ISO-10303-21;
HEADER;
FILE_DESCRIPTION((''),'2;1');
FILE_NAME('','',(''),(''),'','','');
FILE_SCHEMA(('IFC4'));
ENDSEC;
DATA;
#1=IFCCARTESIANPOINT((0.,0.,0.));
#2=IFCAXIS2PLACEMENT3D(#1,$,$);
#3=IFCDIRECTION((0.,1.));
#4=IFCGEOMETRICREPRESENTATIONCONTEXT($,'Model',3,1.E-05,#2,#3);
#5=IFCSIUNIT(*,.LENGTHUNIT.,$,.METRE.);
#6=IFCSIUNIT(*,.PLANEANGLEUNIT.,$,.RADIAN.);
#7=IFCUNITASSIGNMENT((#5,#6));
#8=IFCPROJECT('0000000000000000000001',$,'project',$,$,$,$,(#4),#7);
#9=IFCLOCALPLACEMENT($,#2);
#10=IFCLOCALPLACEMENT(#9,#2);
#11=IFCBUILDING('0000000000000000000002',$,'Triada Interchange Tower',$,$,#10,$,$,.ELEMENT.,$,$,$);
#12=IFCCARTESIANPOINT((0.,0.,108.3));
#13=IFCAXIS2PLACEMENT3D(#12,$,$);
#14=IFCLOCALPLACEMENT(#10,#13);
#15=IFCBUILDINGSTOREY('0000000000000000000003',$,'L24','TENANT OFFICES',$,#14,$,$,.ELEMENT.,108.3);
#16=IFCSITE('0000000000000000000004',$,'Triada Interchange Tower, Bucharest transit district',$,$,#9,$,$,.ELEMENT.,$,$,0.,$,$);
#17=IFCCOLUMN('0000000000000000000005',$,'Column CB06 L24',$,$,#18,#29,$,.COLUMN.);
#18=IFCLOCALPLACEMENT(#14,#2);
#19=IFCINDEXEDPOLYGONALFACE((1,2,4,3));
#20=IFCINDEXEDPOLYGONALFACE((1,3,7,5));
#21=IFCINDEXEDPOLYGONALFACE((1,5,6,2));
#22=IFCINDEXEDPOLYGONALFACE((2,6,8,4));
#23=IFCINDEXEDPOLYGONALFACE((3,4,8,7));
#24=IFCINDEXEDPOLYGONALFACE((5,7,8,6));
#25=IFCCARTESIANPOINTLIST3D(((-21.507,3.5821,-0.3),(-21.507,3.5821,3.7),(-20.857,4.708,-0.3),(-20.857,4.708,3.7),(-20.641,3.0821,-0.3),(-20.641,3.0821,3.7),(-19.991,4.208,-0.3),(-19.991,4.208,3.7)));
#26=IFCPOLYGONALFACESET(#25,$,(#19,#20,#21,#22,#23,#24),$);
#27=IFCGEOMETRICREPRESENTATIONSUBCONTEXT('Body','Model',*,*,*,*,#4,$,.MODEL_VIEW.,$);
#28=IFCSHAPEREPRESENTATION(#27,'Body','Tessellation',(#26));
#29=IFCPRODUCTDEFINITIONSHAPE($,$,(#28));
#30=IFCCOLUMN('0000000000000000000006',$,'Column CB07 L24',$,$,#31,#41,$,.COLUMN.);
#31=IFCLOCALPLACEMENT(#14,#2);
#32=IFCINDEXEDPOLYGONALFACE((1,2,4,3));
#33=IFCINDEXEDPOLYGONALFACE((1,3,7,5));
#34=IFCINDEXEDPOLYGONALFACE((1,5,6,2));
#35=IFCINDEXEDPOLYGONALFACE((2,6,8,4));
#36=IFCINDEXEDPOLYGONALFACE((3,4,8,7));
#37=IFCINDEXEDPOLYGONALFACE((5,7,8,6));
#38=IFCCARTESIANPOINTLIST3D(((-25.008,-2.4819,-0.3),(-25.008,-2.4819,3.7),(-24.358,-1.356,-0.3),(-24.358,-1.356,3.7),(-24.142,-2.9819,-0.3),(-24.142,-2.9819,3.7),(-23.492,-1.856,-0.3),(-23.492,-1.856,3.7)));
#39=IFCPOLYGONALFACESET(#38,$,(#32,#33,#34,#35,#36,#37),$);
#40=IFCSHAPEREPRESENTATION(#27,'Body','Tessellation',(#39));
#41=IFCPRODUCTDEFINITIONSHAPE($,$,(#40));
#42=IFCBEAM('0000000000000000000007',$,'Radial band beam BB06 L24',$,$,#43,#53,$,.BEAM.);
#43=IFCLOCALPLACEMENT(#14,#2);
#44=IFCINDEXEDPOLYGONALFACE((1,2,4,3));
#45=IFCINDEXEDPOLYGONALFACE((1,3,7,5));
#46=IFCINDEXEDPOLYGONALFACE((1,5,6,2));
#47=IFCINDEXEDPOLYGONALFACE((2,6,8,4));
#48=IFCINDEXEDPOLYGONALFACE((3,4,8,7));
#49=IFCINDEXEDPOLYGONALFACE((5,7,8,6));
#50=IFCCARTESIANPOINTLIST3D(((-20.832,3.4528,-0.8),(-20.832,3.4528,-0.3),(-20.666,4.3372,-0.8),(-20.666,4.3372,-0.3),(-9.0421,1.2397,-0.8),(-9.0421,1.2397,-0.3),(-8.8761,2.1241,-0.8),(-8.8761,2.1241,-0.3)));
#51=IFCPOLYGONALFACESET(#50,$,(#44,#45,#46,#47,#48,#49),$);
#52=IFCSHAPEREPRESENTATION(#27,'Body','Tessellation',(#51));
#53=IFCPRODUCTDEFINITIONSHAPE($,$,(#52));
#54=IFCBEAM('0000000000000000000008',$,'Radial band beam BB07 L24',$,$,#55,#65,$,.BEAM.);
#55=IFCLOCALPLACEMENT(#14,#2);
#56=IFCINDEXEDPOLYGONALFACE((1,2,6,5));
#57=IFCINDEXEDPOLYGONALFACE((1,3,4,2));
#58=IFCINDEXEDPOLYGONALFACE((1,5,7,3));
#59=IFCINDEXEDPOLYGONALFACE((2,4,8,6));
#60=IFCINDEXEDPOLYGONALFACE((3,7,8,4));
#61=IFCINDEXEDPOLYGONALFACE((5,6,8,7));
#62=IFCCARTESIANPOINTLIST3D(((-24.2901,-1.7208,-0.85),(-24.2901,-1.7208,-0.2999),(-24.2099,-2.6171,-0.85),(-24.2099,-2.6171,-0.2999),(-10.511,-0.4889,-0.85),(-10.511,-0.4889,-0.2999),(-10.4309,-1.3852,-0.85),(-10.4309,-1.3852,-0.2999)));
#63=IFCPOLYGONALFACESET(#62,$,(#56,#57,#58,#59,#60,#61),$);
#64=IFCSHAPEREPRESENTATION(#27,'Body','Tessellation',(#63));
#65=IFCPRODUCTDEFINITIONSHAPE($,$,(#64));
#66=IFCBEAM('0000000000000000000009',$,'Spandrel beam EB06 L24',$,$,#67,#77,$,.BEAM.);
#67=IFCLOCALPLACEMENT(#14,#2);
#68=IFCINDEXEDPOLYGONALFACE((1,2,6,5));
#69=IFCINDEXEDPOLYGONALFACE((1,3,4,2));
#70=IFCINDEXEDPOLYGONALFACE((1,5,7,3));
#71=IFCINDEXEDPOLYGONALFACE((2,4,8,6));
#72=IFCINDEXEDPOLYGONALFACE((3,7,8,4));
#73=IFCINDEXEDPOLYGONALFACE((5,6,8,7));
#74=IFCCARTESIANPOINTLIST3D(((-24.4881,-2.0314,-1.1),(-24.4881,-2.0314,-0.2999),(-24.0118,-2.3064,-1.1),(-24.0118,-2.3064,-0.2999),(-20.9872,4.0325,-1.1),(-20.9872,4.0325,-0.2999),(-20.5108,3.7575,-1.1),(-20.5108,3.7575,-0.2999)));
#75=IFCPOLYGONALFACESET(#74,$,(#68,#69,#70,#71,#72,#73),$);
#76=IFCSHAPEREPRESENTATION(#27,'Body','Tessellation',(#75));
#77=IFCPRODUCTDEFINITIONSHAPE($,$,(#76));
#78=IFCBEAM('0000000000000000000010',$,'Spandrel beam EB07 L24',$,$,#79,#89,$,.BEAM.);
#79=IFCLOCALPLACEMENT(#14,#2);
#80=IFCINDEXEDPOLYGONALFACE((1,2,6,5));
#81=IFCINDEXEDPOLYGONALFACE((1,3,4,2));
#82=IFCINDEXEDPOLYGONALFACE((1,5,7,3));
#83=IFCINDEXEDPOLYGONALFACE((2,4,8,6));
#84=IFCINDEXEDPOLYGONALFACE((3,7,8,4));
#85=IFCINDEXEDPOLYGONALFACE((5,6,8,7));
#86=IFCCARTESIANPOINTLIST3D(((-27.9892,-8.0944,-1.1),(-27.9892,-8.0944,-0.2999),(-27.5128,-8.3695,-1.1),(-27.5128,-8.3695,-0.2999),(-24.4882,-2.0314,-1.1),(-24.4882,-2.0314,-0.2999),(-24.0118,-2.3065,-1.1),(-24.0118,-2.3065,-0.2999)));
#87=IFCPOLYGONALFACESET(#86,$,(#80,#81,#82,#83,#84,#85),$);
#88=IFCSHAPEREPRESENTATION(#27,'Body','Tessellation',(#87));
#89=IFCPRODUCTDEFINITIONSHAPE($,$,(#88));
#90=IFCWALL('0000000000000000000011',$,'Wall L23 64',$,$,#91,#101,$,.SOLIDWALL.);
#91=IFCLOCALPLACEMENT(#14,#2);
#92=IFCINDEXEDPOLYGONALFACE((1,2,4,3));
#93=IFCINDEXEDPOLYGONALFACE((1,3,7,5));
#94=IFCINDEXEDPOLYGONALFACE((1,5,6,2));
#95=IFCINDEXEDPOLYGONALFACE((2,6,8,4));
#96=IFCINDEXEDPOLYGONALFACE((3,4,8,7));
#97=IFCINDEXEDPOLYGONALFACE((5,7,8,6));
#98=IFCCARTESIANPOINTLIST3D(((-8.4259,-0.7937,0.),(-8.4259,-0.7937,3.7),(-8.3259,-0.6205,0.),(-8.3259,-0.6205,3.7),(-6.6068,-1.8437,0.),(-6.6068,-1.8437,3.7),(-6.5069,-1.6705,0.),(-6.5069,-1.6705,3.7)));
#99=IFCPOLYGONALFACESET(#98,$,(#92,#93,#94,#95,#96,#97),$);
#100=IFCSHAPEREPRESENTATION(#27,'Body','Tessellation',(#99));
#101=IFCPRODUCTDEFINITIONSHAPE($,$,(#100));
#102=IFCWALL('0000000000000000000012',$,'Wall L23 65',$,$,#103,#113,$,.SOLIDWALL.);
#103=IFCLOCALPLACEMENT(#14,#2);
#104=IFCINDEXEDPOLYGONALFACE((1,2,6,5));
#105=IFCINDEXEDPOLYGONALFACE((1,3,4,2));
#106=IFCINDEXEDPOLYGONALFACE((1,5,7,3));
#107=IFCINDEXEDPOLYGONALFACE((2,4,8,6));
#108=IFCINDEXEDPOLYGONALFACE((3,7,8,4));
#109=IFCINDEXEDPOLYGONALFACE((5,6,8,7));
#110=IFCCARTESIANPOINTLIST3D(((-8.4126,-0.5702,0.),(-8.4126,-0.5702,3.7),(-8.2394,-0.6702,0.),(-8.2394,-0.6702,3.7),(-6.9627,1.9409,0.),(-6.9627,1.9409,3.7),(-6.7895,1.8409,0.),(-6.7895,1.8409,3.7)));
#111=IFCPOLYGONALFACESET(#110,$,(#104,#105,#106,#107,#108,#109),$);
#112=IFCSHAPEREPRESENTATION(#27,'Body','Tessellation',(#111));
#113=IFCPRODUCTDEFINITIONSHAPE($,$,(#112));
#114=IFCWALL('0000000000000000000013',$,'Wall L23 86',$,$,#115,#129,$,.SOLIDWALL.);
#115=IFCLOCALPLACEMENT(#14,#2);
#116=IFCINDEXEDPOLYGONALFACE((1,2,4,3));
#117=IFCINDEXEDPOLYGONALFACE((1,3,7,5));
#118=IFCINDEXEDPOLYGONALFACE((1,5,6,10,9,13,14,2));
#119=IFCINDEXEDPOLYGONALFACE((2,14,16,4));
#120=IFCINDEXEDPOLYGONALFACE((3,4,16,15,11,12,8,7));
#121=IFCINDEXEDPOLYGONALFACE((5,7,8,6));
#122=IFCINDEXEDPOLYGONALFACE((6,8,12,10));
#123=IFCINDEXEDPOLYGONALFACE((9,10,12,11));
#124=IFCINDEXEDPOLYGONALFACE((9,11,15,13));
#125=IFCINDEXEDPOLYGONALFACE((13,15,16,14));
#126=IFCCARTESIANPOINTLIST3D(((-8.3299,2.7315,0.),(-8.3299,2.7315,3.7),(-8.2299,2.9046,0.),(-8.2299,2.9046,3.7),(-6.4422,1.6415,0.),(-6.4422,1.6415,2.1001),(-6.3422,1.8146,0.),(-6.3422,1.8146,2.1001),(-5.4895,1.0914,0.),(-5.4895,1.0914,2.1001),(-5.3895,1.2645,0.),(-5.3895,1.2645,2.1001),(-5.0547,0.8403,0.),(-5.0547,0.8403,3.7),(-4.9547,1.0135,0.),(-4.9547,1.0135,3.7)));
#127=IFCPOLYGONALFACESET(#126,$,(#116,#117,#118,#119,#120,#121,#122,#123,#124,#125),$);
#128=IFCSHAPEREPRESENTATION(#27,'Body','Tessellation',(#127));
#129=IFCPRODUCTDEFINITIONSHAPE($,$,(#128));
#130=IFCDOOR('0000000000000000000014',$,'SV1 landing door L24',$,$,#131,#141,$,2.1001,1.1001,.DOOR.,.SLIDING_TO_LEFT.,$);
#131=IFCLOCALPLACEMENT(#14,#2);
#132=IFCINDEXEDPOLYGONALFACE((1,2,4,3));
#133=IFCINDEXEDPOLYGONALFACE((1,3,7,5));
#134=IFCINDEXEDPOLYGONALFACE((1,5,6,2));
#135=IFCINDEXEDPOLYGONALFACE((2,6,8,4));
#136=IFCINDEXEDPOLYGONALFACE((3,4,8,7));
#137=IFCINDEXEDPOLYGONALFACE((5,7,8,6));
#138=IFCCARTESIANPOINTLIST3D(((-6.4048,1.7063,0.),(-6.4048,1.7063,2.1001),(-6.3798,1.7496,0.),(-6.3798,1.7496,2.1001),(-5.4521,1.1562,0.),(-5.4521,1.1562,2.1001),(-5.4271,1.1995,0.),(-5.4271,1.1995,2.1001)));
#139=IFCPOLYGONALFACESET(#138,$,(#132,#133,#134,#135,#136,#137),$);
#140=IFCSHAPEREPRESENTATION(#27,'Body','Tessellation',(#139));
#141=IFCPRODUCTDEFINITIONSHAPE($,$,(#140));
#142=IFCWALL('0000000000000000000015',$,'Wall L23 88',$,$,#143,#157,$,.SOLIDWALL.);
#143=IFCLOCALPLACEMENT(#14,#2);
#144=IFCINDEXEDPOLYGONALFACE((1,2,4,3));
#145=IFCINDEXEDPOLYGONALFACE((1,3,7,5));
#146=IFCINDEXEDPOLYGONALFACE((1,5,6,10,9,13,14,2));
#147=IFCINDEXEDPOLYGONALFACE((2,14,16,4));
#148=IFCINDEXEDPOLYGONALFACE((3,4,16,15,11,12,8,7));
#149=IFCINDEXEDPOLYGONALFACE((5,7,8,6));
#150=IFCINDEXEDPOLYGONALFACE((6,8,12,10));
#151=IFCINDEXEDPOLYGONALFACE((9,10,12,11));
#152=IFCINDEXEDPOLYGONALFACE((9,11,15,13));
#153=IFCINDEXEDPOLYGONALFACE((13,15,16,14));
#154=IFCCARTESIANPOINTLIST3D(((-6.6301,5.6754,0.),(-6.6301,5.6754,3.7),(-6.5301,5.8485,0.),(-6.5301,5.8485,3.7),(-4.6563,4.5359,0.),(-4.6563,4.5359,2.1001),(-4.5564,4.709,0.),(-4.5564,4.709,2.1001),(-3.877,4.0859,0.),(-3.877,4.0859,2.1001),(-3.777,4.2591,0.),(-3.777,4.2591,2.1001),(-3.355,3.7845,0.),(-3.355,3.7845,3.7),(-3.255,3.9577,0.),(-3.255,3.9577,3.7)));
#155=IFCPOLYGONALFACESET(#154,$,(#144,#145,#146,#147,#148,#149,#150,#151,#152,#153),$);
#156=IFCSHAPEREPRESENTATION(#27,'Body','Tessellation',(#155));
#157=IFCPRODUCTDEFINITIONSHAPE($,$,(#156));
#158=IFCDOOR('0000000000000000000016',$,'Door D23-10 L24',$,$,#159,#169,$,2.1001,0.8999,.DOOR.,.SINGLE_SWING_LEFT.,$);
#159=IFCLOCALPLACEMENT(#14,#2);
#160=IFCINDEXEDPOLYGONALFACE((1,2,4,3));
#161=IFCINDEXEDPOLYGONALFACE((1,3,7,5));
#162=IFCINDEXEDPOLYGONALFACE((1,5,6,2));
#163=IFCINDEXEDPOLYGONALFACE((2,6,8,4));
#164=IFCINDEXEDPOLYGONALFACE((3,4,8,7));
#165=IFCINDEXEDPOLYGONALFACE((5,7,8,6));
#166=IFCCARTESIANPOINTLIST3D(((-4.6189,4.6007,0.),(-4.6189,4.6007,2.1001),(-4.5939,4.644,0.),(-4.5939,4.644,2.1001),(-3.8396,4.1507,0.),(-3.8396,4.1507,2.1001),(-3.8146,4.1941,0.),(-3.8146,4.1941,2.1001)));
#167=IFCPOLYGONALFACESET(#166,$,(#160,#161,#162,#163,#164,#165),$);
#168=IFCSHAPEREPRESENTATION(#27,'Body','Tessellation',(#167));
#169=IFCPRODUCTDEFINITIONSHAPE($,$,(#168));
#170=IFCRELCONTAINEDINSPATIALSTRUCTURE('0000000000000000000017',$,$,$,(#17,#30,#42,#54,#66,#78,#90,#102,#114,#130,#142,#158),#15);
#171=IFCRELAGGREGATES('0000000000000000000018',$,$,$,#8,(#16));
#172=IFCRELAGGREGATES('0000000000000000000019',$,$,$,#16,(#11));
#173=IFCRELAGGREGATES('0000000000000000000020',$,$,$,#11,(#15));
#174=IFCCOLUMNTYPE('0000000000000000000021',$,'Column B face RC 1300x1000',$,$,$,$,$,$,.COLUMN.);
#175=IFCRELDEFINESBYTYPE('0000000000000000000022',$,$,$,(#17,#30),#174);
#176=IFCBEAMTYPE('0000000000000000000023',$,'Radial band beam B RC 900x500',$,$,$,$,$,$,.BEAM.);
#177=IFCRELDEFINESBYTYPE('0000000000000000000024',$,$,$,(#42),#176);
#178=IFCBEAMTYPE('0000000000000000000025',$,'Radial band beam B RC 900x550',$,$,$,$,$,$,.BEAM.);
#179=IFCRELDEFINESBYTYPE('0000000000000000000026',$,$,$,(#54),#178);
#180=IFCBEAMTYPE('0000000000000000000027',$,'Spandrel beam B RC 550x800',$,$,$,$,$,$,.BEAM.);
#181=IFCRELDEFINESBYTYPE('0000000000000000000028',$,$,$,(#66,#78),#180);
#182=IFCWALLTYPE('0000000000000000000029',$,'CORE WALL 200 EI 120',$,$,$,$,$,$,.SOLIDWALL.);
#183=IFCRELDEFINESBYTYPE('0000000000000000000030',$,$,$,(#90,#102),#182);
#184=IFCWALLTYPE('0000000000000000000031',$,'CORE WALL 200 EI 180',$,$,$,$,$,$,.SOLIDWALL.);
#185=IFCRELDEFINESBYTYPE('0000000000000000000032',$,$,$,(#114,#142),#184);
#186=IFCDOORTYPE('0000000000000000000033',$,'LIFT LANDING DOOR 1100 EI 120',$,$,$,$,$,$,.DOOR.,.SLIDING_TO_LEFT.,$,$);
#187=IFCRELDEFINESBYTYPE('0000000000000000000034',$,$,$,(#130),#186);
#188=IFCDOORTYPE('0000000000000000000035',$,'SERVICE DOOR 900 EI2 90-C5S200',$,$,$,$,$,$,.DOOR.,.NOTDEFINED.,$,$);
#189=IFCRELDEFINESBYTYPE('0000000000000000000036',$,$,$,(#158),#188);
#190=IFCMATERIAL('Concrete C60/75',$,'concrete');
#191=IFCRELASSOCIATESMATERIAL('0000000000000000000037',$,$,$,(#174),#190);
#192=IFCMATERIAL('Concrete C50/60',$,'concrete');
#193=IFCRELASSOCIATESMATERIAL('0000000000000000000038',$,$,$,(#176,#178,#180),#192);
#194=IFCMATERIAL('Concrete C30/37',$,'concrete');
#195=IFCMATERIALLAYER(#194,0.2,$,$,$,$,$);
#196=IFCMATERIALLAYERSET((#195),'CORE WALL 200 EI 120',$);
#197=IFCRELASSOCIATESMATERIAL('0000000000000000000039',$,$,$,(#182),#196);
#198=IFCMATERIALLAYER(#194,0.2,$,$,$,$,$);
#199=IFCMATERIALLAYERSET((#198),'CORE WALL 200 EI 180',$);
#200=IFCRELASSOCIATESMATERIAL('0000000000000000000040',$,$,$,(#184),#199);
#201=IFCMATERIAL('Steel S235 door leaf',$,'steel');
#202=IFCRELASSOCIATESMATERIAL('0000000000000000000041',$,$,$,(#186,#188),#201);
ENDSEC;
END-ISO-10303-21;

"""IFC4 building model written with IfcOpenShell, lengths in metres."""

from ifc_helpers import new_model, si_unit, direction, frame, frame_2d, origin, origin_2d, place, context, subcontext, project, spatial, rectangle, extrude, material, layer, layer_set, material_profile, profile_set, type_object, element, fill, save


model = new_model("IFC4")

# Units and contexts
model_context = context("Model", 3, precision=1e-05, world=origin(), true_north=direction((0.0, 1.0)))
body_context = subcontext(model_context, "Body", "Model", "MODEL_VIEW")
ifc_project = project(units=[si_unit("LENGTHUNIT", "METRE"), si_unit("PLANEANGLEUNIT", "RADIAN")], contexts=[model_context])

# Site, building, storey
site_placement = place(None, origin())
site = spatial("IfcSite", under=ifc_project, at=site_placement, Name="Triada Interchange Tower, Bucharest transit district", CompositionType="ELEMENT", RefElevation=0.0)
building_placement = place(site_placement, origin())
building = spatial("IfcBuilding", under=site, at=building_placement, Name="Triada Interchange Tower", CompositionType="ELEMENT")
storey_placement = place(building_placement, frame((0.0, 0.0, 108.3)))
storey = spatial("IfcBuildingStorey", under=building, at=storey_placement, Name="L24", Description="TENANT OFFICES", CompositionType="ELEMENT", Elevation=108.3)

# Columns
ifc_material_1 = material(Name="Concrete C60/75", Category="concrete")
ifc_material_profile_1 = material_profile(ifc_material_1, rectangle(XDim=1.3, YDim=1.0, at=origin_2d()), Name="RC 1300x1000")
ifc_profile_set_1 = profile_set([ifc_material_profile_1], Name="Concrete C60/75")
column_type = type_object("IfcColumnType", Name="Column B face RC 1300x1000", PredefinedType="COLUMN", material=ifc_profile_set_1)
for number, where, z_axis, x_axis, name in (
    (1, (-20.749, 3.895, -0.3), (0.0, 0.0, 1.0), (0.5, 0.866025, 0.0), "Column CB06 L24"),
    (2, (-24.25, -2.1689, -0.3), (0.0, 0.0, 1.0), (0.5, 0.866025, 0.0), "Column CB07 L24"),
):
    element("IfcColumn", number, at=place(storey_placement, frame(where, z_axis=z_axis, x_axis=x_axis)), inside=storey, type_object=column_type, Name=name, PredefinedType="COLUMN", context=body_context, shape_type="SweptSolid", body=[
        extrude(rectangle(XDim=1.3, YDim=1.0, at=origin_2d()), origin(), (0.0, 0.0, 1.0), 4.0),
    ])

# Beams
ifc_material_2 = material(Name="Concrete C50/60", Category="concrete")
ifc_material_profile_2 = material_profile(ifc_material_2, rectangle(XDim=0.8999, YDim=0.5, at=origin_2d()), Name="RC 900x500")
ifc_profile_set_2 = profile_set([ifc_material_profile_2], Name="Concrete C50/60")
beam_type_1 = type_object("IfcBeamType", Name="Radial band beam B RC 900x500", PredefinedType="BEAM", material=ifc_profile_set_2)
beam_1_placement = place(storey_placement, frame((-20.749, 3.895, -0.55), z_axis=(0.982834, -0.18449, 0.0), x_axis=(0.18449, 0.982834, 0.0)))
element("IfcBeam", 3, at=beam_1_placement, inside=storey, type_object=beam_type_1, Name="Radial band beam BB06 L24", PredefinedType="BEAM", context=body_context, shape_type="SweptSolid", body=[
    extrude(rectangle(XDim=0.8999, YDim=0.5, at=origin_2d()), origin(), (0.0, 0.0, 1.0), 11.9958),
])
ifc_material_profile_3 = material_profile(ifc_material_2, rectangle(XDim=0.8999, YDim=0.55, at=origin_2d()), Name="RC 900x550")
ifc_profile_set_3 = profile_set([ifc_material_profile_3], Name="Concrete C50/60")
beam_type_2 = type_object("IfcBeamType", Name="Radial band beam B RC 900x550", PredefinedType="BEAM", material=ifc_profile_set_3)
beam_2_placement = place(storey_placement, frame((-24.25, -2.1689, -0.575), z_axis=(0.996027, 0.089051, 0.0), x_axis=(-0.089051, 0.996027, 0.0)))
element("IfcBeam", 4, at=beam_2_placement, inside=storey, type_object=beam_type_2, Name="Radial band beam BB07 L24", PredefinedType="BEAM", context=body_context, shape_type="SweptSolid", body=[
    extrude(rectangle(XDim=0.8999, YDim=0.55, at=origin_2d()), origin(), (0.0, 0.0, 1.0), 13.834),
])
ifc_material_profile_4 = material_profile(ifc_material_2, rectangle(XDim=0.55, YDim=0.8, at=origin_2d()), Name="RC 550x800")
ifc_profile_set_4 = profile_set([ifc_material_profile_4], Name="Concrete C50/60")
beam_type_3 = type_object("IfcBeamType", Name="Spandrel beam B RC 550x800", PredefinedType="BEAM", material=ifc_profile_set_4)
beam_3_placement = place(storey_placement, frame((-20.749, 3.895, -0.7), z_axis=(-0.499994, -0.866029, 0.0), x_axis=(0.866029, -0.499994, 0.0)))
element("IfcBeam", 5, at=beam_3_placement, inside=storey, type_object=beam_type_3, Name="Spandrel beam EB06 L24", PredefinedType="BEAM", context=body_context, shape_type="SweptSolid", body=[
    extrude(rectangle(XDim=0.55, YDim=0.8, at=origin_2d()), origin(), (0.0, 0.0, 1.0), 7.002),
])
beam_4_placement = place(storey_placement, frame((-24.25, -2.1689, -0.7), z_axis=(-0.500054, -0.865994, 0.0), x_axis=(0.865994, -0.500054, 0.0)))
element("IfcBeam", 6, at=beam_4_placement, inside=storey, type_object=beam_type_3, Name="Spandrel beam EB07 L24", PredefinedType="BEAM", context=body_context, shape_type="SweptSolid", body=[
    extrude(rectangle(XDim=0.55, YDim=0.8, at=origin_2d()), origin(), (0.0, 0.0, 1.0), 7.0012),
])

# Walls
ifc_material_3 = material(Name="Concrete C30/37", Category="concrete")
ifc_layer_1 = layer(ifc_material_3, 0.2)
ifc_layer_set_1 = layer_set([ifc_layer_1], Name="CORE WALL 200 EI 120")
wall_type_1 = type_object("IfcWallType", Name="CORE WALL 200 EI 120", PredefinedType="SOLIDWALL", material=ifc_layer_set_1)
wall_1_placement = place(storey_placement, frame((-8.376, -0.707, 0.0), z_axis=(0.0, 0.0, 1.0), x_axis=(0.866068, -0.499927, 0.0)))
element("IfcWall", 7, at=wall_1_placement, inside=storey, type_object=wall_type_1, Name="Wall L23 64", PredefinedType="SOLIDWALL", context=body_context, shape_type="SweptSolid", body=[
    extrude(rectangle(XDim=2.1003, YDim=0.2, at=frame_2d((1.0503, 0.0))), origin(), (0.0, 0.0, 1.0), 3.7),
])
wall_2_placement = place(storey_placement, frame((-8.3259, -0.6201, 0.0), z_axis=(0.0, 0.0, 1.0), x_axis=(0.500024, 0.866012, 0.0)))
element("IfcWall", 8, at=wall_2_placement, inside=storey, type_object=wall_type_1, Name="Wall L23 65", PredefinedType="SOLIDWALL", context=body_context, shape_type="SweptSolid", body=[
    extrude(rectangle(XDim=2.8997, YDim=0.2, at=frame_2d((1.4497, 0.0))), origin(), (0.0, 0.0, 1.0), 3.7),
])

# Walls, openings, doors
ifc_layer_2 = layer(ifc_material_3, 0.2)
ifc_layer_set_2 = layer_set([ifc_layer_2], Name="CORE WALL 200 EI 180")
wall_type_2 = type_object("IfcWallType", Name="CORE WALL 200 EI 180", PredefinedType="SOLIDWALL", material=ifc_layer_set_2)
wall_3_placement = place(storey_placement, frame((-8.28, 2.8181, 0.0), z_axis=(0.0, 0.0, 1.0), x_axis=(0.866002, -0.500041, 0.0)))
wall_3 = element("IfcWall", 9, at=wall_3_placement, inside=storey, type_object=wall_type_2, Name="Wall L23 86", PredefinedType="SOLIDWALL", context=body_context, shape_type="SweptSolid", body=[
    extrude(rectangle(XDim=3.782, YDim=0.2, at=frame_2d((1.8911, 0.0))), origin(), (0.0, 0.0, 1.0), 3.7),
])
opening_1_placement = place(wall_3_placement, frame((2.1799, 0.0, 0.0)))
opening_1 = element("IfcOpeningElement", 10, at=opening_1_placement, cuts=wall_3, PredefinedType="OPENING", context=body_context, shape_type="SweptSolid", body=[
    extrude(rectangle(XDim=1.1001, YDim=2.1001, at=frame_2d((0.55, 1.05))), frame((0.0, 0.1099, 0.0), z_axis=(0.0, -1.0, 0.0), x_axis=(1.0, 0.0, 0.0)), (0.0, 0.0, 1.0), 0.22),
])
ifc_material_4 = material(Name="Steel S235 door leaf", Category="steel")
door_type_1 = type_object("IfcDoorType", Name="LIFT LANDING DOOR 1100 EI 120", OperationType="SLIDING_TO_LEFT", PredefinedType="DOOR", material=ifc_material_4)
door_1_placement = place(opening_1_placement, origin())
door_1 = element("IfcDoor", 11, at=door_1_placement, inside=storey, type_object=door_type_1, Name="SV1 landing door L24", OperationType="SLIDING_TO_LEFT", OverallHeight=2.1001, OverallWidth=1.1001, PredefinedType="DOOR", context=body_context, shape_type="SweptSolid", body=[
    extrude(rectangle(XDim=1.1001, YDim=2.1001, at=frame_2d((0.55, 1.05))), frame((0.0, 0.0249, 0.0), z_axis=(0.0, -1.0, 0.0), x_axis=(1.0, 0.0, 0.0)), (0.0, 0.0, 1.0), 0.05),
])
fill(opening_1, door_1)
wall_4_placement = place(storey_placement, frame((-6.5801, 5.762, 0.0), z_axis=(0.0, 0.0, 1.0), x_axis=(0.86603, -0.499993, 0.0)))
wall_4 = element("IfcWall", 12, at=wall_4_placement, inside=storey, type_object=wall_type_2, Name="Wall L23 88", PredefinedType="SOLIDWALL", context=body_context, shape_type="SweptSolid", body=[
    extrude(rectangle(XDim=3.7817, YDim=0.2, at=frame_2d((1.8909, 0.0))), origin(), (0.0, 0.0, 1.0), 3.7),
])
opening_2_placement = place(wall_4_placement, frame((2.2791, 0.0, 0.0)))
opening_2 = element("IfcOpeningElement", 13, at=opening_2_placement, cuts=wall_4, PredefinedType="OPENING", context=body_context, shape_type="SweptSolid", body=[
    extrude(rectangle(XDim=0.8999, YDim=2.1001, at=frame_2d((0.45, 1.05))), frame((0.0, 0.1099, 0.0), z_axis=(0.0, -1.0, 0.0), x_axis=(1.0, 0.0, 0.0)), (0.0, 0.0, 1.0), 0.22),
])
door_type_2 = type_object("IfcDoorType", Name="SERVICE DOOR 900 EI2 90-C5S200", OperationType="NOTDEFINED", PredefinedType="DOOR", material=ifc_material_4)
door_2_placement = place(opening_2_placement, origin())
door_2 = element("IfcDoor", 14, at=door_2_placement, inside=storey, type_object=door_type_2, Name="Door D23-10 L24", OperationType="SINGLE_SWING_LEFT", OverallHeight=2.1001, OverallWidth=0.8999, PredefinedType="DOOR", context=body_context, shape_type="SweptSolid", body=[
    extrude(rectangle(XDim=0.8999, YDim=2.1001, at=frame_2d((0.45, 1.05))), frame((0.0, 0.0249, 0.0), z_axis=(0.0, -1.0, 0.0), x_axis=(1.0, 0.0, 0.0)), (0.0, 0.0, 1.0), 0.05),
])
fill(opening_2, door_2)

save(model, "model.ifc")
